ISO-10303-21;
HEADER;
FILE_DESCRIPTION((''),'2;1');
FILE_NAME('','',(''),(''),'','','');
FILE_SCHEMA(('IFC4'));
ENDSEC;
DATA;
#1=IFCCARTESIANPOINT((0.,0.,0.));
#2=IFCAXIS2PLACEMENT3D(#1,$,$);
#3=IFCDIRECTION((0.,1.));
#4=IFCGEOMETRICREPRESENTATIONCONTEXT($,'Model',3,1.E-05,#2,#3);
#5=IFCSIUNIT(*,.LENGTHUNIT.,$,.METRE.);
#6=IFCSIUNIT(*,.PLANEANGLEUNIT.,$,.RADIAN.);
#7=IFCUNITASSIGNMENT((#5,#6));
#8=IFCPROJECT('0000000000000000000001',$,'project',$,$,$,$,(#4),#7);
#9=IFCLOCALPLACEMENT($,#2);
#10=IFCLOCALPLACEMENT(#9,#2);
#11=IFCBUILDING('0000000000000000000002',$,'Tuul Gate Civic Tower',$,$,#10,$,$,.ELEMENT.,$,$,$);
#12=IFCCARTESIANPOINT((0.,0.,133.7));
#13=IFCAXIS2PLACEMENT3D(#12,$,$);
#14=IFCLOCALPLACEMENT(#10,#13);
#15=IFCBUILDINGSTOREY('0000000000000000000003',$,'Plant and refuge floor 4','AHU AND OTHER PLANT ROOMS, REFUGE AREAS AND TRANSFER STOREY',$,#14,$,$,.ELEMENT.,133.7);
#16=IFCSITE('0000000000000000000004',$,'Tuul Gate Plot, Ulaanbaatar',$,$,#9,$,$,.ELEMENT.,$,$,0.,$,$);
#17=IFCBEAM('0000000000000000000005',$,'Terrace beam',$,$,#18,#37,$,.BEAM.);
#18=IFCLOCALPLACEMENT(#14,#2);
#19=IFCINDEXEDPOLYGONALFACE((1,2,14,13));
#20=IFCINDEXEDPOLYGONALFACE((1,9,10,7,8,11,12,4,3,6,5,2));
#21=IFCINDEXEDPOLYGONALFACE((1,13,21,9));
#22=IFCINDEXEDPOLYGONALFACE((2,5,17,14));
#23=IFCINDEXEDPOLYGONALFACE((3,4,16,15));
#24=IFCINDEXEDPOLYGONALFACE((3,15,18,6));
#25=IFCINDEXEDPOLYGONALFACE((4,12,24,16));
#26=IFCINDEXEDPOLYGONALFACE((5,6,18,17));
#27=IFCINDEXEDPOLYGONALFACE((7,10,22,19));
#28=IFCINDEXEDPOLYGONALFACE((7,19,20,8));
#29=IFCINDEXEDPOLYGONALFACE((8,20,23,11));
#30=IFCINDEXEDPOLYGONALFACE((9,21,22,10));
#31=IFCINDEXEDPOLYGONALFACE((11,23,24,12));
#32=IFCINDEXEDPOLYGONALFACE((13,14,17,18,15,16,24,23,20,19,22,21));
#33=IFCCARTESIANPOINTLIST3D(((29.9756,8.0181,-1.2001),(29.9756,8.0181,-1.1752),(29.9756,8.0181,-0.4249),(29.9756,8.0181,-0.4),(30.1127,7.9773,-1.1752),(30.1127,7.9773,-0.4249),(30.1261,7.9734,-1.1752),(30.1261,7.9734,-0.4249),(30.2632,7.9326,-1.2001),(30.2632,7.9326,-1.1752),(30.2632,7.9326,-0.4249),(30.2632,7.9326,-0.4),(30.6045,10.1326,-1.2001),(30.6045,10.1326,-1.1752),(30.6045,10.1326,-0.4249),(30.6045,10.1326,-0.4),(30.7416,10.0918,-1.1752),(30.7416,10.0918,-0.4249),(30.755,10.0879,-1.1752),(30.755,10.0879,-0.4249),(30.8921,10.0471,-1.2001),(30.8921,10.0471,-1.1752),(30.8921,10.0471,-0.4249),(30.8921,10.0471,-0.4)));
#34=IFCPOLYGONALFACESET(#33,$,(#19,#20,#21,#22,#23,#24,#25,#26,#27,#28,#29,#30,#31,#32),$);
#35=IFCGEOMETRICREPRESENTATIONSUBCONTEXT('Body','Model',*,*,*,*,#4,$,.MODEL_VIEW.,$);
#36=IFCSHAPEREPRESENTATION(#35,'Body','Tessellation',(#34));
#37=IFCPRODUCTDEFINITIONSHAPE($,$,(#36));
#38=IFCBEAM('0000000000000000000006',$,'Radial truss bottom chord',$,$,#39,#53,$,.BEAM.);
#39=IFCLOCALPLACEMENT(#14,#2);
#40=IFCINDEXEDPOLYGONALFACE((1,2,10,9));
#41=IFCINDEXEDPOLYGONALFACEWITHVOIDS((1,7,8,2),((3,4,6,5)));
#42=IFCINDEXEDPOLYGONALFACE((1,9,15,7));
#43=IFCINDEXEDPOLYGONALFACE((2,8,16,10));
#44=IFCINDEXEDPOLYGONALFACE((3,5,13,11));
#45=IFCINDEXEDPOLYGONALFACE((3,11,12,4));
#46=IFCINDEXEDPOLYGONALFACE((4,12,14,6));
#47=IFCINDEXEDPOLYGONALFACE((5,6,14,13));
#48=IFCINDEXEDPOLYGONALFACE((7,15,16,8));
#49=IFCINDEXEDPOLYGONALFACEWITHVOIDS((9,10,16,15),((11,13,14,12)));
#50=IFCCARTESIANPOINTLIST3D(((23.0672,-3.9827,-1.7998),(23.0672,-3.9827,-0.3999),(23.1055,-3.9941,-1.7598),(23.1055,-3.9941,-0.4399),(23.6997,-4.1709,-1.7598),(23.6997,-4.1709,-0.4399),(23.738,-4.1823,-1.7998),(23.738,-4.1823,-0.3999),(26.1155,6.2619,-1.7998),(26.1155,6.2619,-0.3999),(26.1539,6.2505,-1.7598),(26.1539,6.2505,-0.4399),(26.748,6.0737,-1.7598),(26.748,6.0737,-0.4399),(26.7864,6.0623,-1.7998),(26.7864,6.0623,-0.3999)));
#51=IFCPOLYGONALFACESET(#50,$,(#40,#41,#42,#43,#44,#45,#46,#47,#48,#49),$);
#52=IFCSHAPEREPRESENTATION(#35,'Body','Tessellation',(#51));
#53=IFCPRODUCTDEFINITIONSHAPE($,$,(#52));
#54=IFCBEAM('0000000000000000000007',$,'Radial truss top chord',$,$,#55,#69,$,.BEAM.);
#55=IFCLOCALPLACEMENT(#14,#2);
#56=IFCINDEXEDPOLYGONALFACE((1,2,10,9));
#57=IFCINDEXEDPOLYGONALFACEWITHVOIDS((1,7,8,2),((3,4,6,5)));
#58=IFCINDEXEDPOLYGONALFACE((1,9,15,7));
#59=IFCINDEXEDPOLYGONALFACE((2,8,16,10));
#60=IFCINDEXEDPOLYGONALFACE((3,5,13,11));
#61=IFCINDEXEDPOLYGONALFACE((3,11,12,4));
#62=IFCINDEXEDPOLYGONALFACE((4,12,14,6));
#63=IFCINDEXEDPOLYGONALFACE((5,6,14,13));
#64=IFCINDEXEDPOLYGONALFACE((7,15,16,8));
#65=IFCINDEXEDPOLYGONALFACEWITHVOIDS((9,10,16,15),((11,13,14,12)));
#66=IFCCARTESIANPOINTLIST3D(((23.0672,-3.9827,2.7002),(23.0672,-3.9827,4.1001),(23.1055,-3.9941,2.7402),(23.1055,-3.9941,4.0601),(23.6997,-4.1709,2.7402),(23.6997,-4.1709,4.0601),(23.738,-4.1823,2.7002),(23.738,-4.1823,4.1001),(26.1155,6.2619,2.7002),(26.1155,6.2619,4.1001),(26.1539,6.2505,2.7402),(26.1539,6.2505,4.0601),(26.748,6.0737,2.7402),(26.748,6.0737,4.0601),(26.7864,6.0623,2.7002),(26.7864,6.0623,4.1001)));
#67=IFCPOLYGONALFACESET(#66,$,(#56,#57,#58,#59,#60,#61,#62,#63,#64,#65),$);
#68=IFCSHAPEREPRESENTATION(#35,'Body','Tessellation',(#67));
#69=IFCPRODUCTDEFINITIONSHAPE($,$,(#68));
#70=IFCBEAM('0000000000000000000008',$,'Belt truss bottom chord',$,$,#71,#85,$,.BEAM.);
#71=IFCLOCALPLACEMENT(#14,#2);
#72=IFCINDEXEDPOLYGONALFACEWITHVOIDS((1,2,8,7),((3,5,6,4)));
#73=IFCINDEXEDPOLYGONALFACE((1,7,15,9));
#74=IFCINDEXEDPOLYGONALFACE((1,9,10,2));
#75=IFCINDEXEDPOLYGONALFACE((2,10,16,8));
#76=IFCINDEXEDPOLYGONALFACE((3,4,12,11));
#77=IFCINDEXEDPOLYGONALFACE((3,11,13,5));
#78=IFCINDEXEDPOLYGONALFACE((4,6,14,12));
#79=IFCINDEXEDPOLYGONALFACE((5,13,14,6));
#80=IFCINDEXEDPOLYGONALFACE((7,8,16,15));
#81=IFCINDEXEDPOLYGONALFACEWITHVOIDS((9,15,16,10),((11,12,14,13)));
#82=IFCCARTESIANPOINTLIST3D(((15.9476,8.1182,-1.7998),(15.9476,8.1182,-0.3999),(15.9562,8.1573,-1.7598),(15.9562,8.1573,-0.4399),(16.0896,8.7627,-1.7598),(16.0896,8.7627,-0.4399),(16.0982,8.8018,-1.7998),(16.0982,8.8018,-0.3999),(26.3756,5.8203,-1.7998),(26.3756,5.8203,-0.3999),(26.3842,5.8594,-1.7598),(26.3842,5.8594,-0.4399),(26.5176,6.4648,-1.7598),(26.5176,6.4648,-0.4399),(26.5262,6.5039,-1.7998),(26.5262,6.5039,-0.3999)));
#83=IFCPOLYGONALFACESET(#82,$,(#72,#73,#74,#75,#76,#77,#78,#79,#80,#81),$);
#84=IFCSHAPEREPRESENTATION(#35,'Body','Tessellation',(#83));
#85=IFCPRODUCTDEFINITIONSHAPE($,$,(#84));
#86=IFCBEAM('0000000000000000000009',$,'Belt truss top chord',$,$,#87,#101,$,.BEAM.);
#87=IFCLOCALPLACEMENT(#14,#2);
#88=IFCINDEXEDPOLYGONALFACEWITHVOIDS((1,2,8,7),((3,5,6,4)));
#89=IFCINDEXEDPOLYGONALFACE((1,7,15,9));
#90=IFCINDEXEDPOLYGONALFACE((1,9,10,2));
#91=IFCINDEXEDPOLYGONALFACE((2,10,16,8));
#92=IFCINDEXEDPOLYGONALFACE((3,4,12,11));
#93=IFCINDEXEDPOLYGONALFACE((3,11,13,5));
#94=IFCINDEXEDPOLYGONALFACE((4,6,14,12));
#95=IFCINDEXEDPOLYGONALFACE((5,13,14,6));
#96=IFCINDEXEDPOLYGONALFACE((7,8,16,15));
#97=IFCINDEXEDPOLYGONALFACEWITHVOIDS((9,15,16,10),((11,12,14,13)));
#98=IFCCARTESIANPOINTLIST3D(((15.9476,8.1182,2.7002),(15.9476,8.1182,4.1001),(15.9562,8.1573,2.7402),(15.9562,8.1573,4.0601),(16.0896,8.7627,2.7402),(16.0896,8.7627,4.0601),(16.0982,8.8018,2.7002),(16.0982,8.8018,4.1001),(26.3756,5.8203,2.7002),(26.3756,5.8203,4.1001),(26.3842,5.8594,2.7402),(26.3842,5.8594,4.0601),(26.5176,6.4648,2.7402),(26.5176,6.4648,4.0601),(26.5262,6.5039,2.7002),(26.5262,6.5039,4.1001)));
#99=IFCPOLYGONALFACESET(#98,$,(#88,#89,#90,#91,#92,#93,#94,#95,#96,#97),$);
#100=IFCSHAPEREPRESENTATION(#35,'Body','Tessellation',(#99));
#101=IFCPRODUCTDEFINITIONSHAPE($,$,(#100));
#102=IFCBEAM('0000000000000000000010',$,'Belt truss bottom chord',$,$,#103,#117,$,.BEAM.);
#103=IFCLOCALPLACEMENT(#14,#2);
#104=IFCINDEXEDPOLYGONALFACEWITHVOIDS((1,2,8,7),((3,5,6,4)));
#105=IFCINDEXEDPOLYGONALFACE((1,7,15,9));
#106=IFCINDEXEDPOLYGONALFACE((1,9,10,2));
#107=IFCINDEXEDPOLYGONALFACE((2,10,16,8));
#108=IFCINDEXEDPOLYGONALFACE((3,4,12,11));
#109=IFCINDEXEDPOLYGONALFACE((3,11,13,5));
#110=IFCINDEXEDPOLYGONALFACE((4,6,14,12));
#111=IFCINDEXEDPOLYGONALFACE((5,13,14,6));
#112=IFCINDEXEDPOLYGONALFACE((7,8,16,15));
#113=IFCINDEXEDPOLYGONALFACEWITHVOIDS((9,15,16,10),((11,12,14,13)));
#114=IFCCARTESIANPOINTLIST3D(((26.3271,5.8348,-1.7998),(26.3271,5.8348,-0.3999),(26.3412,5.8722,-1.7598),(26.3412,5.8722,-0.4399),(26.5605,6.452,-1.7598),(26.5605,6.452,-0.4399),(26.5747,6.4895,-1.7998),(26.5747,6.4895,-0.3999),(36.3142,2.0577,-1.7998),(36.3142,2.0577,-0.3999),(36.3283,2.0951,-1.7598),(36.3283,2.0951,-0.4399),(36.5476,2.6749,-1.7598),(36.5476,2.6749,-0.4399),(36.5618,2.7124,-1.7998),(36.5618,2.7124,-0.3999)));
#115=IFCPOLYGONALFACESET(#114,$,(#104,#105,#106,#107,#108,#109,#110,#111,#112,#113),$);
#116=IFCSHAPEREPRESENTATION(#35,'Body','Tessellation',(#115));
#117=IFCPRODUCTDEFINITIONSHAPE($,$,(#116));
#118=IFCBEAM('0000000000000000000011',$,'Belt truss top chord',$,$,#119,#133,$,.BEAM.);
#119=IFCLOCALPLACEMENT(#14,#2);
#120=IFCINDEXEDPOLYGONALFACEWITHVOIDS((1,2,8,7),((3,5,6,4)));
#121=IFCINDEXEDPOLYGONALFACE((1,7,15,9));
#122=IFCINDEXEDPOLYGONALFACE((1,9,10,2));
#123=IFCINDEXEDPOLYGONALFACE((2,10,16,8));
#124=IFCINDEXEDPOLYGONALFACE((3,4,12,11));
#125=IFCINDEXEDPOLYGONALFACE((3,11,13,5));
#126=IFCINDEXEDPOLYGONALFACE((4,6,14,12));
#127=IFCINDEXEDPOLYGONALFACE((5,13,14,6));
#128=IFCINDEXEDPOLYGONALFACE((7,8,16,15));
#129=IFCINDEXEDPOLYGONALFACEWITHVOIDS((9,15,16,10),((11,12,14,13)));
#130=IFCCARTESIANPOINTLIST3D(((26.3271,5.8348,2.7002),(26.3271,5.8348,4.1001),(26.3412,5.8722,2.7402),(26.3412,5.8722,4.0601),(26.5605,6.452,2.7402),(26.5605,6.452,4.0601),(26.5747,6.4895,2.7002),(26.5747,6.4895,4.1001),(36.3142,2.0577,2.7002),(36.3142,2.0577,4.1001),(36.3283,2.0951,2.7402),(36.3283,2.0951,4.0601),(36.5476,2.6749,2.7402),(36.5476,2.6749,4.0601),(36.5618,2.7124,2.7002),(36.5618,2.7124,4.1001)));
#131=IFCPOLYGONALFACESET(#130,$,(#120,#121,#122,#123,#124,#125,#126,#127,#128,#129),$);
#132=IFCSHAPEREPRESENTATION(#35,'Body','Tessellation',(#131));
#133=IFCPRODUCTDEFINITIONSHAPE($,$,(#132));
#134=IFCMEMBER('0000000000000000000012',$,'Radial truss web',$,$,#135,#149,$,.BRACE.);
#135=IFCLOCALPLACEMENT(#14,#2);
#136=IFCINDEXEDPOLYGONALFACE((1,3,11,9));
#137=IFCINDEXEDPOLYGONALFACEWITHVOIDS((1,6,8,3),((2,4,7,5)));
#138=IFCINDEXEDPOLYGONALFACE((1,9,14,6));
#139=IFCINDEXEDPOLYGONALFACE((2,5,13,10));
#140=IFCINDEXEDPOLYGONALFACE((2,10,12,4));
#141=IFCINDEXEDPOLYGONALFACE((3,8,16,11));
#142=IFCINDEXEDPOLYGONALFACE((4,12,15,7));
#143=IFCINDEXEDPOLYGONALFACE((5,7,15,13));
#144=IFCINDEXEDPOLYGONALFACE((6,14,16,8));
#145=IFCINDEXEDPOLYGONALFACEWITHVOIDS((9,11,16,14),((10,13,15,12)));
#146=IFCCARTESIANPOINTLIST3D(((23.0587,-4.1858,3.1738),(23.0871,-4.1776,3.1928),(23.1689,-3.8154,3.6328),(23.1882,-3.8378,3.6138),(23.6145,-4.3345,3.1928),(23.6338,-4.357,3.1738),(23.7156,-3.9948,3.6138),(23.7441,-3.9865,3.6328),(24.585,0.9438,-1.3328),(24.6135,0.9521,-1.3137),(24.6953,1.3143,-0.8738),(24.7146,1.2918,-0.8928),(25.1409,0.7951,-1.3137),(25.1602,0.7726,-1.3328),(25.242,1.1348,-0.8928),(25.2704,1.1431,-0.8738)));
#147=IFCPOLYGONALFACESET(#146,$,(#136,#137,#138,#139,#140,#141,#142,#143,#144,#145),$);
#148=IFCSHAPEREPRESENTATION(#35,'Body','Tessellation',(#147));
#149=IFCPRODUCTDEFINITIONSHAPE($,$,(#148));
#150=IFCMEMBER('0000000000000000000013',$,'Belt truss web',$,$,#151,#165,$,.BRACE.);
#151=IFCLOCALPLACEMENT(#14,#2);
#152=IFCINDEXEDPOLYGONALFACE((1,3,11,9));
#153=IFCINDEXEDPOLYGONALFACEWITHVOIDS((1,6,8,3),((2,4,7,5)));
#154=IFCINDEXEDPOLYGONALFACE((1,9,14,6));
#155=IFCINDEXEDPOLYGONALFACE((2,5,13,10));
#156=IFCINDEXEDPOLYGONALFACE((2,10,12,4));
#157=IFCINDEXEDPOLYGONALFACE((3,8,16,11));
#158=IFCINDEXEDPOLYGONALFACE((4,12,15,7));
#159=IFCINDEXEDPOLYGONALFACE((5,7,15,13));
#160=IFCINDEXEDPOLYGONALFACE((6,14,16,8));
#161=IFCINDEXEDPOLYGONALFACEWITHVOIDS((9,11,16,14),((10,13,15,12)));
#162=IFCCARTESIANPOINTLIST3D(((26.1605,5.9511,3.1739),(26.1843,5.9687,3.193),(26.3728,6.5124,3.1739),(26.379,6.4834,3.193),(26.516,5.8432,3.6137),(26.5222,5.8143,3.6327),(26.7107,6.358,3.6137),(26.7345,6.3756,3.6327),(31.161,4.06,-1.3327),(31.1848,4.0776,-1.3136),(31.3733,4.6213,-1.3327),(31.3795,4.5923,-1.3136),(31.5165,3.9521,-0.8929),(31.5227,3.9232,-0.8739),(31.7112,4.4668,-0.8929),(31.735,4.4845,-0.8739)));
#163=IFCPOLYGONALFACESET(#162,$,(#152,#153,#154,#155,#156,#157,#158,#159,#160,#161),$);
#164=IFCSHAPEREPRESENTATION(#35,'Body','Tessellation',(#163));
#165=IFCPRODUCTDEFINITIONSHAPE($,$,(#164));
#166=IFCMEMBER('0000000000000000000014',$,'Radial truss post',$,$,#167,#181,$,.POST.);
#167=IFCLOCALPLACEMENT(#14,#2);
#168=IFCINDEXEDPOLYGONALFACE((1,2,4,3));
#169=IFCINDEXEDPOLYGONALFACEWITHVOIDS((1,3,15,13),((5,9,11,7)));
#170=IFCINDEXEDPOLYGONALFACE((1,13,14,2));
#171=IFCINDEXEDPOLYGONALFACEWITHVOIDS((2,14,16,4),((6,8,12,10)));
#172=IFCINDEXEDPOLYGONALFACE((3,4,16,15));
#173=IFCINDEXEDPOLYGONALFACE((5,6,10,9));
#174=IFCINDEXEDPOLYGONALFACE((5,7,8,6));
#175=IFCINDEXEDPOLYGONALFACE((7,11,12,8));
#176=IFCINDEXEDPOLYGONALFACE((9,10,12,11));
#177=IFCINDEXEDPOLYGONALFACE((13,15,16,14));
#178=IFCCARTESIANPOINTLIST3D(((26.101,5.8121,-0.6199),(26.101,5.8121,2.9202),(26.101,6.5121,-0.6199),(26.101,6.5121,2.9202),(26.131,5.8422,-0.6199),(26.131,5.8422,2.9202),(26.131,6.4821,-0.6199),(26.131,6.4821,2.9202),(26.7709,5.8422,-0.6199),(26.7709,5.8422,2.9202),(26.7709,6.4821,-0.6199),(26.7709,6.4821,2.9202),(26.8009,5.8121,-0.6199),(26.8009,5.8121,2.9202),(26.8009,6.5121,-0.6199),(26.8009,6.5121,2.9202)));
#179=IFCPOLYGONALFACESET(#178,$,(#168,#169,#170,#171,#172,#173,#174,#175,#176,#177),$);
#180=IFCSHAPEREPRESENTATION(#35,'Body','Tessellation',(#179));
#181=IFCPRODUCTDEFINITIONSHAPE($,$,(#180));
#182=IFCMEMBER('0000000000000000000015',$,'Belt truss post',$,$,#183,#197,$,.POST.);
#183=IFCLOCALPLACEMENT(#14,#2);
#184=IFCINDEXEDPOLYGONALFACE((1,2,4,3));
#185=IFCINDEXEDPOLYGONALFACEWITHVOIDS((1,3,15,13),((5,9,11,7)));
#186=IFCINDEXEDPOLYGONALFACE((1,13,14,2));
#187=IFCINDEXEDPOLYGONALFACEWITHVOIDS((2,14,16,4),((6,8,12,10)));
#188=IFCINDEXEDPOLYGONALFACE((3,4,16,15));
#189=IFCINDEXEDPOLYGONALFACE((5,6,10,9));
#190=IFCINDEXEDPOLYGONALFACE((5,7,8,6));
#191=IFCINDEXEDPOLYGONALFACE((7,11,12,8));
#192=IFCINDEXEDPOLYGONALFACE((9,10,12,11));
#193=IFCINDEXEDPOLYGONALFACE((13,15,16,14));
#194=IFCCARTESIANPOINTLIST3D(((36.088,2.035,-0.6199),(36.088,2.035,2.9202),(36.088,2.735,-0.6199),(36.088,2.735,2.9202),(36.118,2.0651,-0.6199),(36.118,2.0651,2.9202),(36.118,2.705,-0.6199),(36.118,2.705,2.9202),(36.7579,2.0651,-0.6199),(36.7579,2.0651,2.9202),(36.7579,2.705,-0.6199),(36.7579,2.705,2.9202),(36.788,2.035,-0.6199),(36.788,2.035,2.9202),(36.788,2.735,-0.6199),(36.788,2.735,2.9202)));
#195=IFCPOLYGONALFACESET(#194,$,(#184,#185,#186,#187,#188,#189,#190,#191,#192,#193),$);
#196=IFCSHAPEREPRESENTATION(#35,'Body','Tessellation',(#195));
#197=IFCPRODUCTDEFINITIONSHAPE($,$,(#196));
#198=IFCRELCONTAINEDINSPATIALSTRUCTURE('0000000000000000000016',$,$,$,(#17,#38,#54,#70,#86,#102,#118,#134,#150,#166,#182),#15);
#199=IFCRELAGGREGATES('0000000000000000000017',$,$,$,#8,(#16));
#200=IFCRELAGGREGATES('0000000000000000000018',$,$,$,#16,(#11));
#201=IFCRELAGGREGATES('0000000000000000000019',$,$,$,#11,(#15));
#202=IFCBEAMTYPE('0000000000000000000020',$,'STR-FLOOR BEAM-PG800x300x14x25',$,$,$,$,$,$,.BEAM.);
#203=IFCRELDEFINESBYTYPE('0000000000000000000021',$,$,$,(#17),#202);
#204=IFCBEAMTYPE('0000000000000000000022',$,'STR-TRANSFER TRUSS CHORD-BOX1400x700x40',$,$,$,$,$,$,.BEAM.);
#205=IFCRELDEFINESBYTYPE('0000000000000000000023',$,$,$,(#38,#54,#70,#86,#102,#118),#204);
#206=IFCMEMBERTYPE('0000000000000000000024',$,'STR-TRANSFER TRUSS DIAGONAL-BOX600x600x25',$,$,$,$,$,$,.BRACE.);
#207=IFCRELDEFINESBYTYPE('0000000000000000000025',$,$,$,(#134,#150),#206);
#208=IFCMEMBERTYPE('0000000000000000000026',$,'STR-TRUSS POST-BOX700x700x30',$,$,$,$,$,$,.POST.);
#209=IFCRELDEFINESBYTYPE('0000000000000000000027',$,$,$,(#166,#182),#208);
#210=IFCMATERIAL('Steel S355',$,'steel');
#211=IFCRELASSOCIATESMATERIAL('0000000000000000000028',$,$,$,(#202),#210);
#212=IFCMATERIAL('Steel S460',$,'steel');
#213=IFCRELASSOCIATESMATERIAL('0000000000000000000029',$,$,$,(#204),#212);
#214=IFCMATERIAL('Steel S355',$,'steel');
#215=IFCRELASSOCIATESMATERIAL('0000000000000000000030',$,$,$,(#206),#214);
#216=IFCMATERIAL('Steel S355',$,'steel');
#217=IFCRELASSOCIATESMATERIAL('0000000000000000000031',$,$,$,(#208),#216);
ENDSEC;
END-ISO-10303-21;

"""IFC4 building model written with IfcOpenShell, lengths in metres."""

from ifc_helpers import new_model, si_unit, direction, frame, origin, origin_2d, place, context, subcontext, project, spatial, hollow_rectangle, i_section, extrude, material, material_profile, profile_set, type_object, element, save


model = new_model("IFC4")

# Units and contexts
model_context = context("Model", 3, precision=1e-05, world=origin(), true_north=direction((0.0, 1.0)))
body_context = subcontext(model_context, "Body", "Model", "MODEL_VIEW")
ifc_project = project(units=[si_unit("LENGTHUNIT", "METRE"), si_unit("PLANEANGLEUNIT", "RADIAN")], contexts=[model_context])

# Site, building, storey
site_placement = place(None, origin())
site = spatial("IfcSite", under=ifc_project, at=site_placement, Name="Tuul Gate Plot, Ulaanbaatar", CompositionType="ELEMENT", RefElevation=0.0)
building_placement = place(site_placement, origin())
building = spatial("IfcBuilding", under=site, at=building_placement, Name="Tuul Gate Civic Tower", CompositionType="ELEMENT")
storey_placement = place(building_placement, frame((0.0, 0.0, 133.7)))
storey = spatial("IfcBuildingStorey", under=building, at=storey_placement, Name="Plant and refuge floor 4", Description="AHU AND OTHER PLANT ROOMS, REFUGE AREAS AND TRANSFER STOREY", CompositionType="ELEMENT", Elevation=133.7)

# Beams
ifc_material_1 = material(Name="Steel S355", Category="steel")
ifc_material_profile_1 = material_profile(ifc_material_1, i_section(OverallWidth=0.3, OverallDepth=0.8, WebThickness=0.0139, FlangeThickness=0.0249, at=origin_2d()), Name="PG800x300x14x25")
ifc_profile_set_1 = profile_set([ifc_material_profile_1], Name="Steel S355")
beam_type_1 = type_object("IfcBeamType", Name="STR-FLOOR BEAM-PG800x300x14x25", PredefinedType="BEAM", material=ifc_profile_set_1)
beam_placement = place(storey_placement, frame((30.7483, 10.0898, -0.8), z_axis=(-0.285083, -0.958503, 0.0), x_axis=(0.958503, -0.285083, 0.0)))
element("IfcBeam", 1, at=beam_placement, inside=storey, type_object=beam_type_1, Name="Terrace beam", PredefinedType="BEAM", context=body_context, shape_type="SweptSolid", body=[
    extrude(i_section(OverallWidth=0.3, OverallDepth=0.8, WebThickness=0.0139, FlangeThickness=0.0249, at=origin_2d()), origin(), (0.0, 0.0, 1.0), 2.2061),
])
ifc_material_2 = material(Name="Steel S460", Category="steel")
ifc_material_profile_2 = material_profile(ifc_material_2, hollow_rectangle(XDim=0.7, YDim=1.3999, WallThickness=0.04, at=origin_2d()), Name="BOX1400x700x40")
ifc_profile_set_2 = profile_set([ifc_material_profile_2], Name="Steel S460")
beam_type_2 = type_object("IfcBeamType", Name="STR-TRANSFER TRUSS CHORD-BOX1400x700x40", PredefinedType="BEAM", material=ifc_profile_set_2)
for number, where, z_axis, x_axis, name in (
    (2, (26.4509, 6.1621, -1.0999), (-0.285197, -0.958469, 0.0), (0.958469, -0.285197, 0.0), "Radial truss bottom chord"),
    (3, (26.4509, 6.1621, 3.4001), (-0.285197, -0.958469, 0.0), (0.958469, -0.285197, 0.0), "Radial truss top chord"),
):
    element("IfcBeam", number, at=place(storey_placement, frame(where, z_axis=z_axis, x_axis=x_axis)), inside=storey, type_object=beam_type_2, Name=name, PredefinedType="BEAM", context=body_context, shape_type="SweptSolid", body=[
        extrude(hollow_rectangle(XDim=0.7, YDim=1.3999, WallThickness=0.04, at=origin_2d()), origin(), (0.0, 0.0, 1.0), 10.6885),
    ])
for number, where, z_axis, x_axis, name in (
    (4, (26.4509, 6.1621, -1.0999), (-0.976572, 0.215192, 0.0), (-0.215192, -0.976572, 0.0), "Belt truss bottom chord"),
    (5, (26.4509, 6.1621, 3.4001), (-0.976572, 0.215192, 0.0), (-0.215192, -0.976572, 0.0), "Belt truss top chord"),
):
    element("IfcBeam", number, at=place(storey_placement, frame(where, z_axis=z_axis, x_axis=x_axis)), inside=storey, type_object=beam_type_2, Name=name, PredefinedType="BEAM", context=body_context, shape_type="SweptSolid", body=[
        extrude(hollow_rectangle(XDim=0.7, YDim=1.3999, WallThickness=0.04, at=origin_2d()), origin(), (0.0, 0.0, 1.0), 10.6782),
    ])
for number, where, z_axis, x_axis, name in (
    (6, (36.438, 2.385, -1.0999), (-0.935342, 0.353746, 0.0), (-0.353746, -0.935342, 0.0), "Belt truss bottom chord"),
    (7, (36.438, 2.385, 3.4001), (-0.935342, 0.353746, 0.0), (-0.353746, -0.935342, 0.0), "Belt truss top chord"),
):
    element("IfcBeam", number, at=place(storey_placement, frame(where, z_axis=z_axis, x_axis=x_axis)), inside=storey, type_object=beam_type_2, Name=name, PredefinedType="BEAM", context=body_context, shape_type="SweptSolid", body=[
        extrude(hollow_rectangle(XDim=0.7, YDim=1.3999, WallThickness=0.04, at=origin_2d()), origin(), (0.0, 0.0, 1.0), 10.6775),
    ])

# Members
ifc_material_3 = material(Name="Steel S355", Category="steel")
ifc_material_profile_3 = material_profile(ifc_material_3, hollow_rectangle(XDim=0.6001, YDim=0.6001, WallThickness=0.0249, at=origin_2d()), Name="BOX600x600x25")
ifc_profile_set_3 = profile_set([ifc_material_profile_3], Name="Steel S355")
member_type_1 = type_object("IfcMemberType", Name="STR-TRANSFER TRUSS DIAGONAL-BOX600x600x25", PredefinedType="BRACE", material=ifc_profile_set_3)
member_1_placement = place(storey_placement, frame((24.9277, 1.0435, -1.1033), z_axis=(-0.218159, -0.733162, 0.644112), x_axis=(0.958468, -0.2852, 0.0)))
element("IfcMember", 8, at=member_1_placement, inside=storey, type_object=member_type_1, Name="Radial truss web", PredefinedType="BRACE", context=body_context, shape_type="SweptSolid", body=[
    extrude(hollow_rectangle(XDim=0.6001, YDim=0.6001, WallThickness=0.0249, at=origin_2d()), origin(), (0.0, 0.0, 1.0), 6.9966),
])
member_2_placement = place(storey_placement, frame((31.448, 4.2722, -1.1033), z_axis=(-0.715155, 0.270461, 0.644519), x_axis=(-0.353734, -0.935346, 0.0)))
element("IfcMember", 9, at=member_2_placement, inside=storey, type_object=member_type_1, Name="Belt truss web", PredefinedType="BRACE", context=body_context, shape_type="SweptSolid", body=[
    extrude(hollow_rectangle(XDim=0.6001, YDim=0.6001, WallThickness=0.0249, at=origin_2d()), origin(), (0.0, 0.0, 1.0), 6.9922),
])
ifc_material_4 = material(Name="Steel S355", Category="steel")
ifc_material_profile_4 = material_profile(ifc_material_4, hollow_rectangle(XDim=0.7, YDim=0.7, WallThickness=0.03, at=origin_2d()), Name="BOX700x700x30")
ifc_profile_set_4 = profile_set([ifc_material_profile_4], Name="Steel S355")
member_type_2 = type_object("IfcMemberType", Name="STR-TRUSS POST-BOX700x700x30", PredefinedType="POST", material=ifc_profile_set_4)
for number, where, z_axis, x_axis, name in (
    (10, (26.4509, 6.1621, -0.6199), (0.0, 0.0, 1.0), (1.0, 0.0, 0.0), "Radial truss post"),
    (11, (36.438, 2.385, -0.6199), (0.0, 0.0, 1.0), (1.0, 0.0, 0.0), "Belt truss post"),
):
    element("IfcMember", number, at=place(storey_placement, frame(where, z_axis=z_axis, x_axis=x_axis)), inside=storey, type_object=member_type_2, Name=name, PredefinedType="POST", context=body_context, shape_type="SweptSolid", body=[
        extrude(hollow_rectangle(XDim=0.7, YDim=0.7, WallThickness=0.03, at=origin_2d()), origin(), (0.0, 0.0, 1.0), 3.54),
    ])

save(model, "model.ifc")
